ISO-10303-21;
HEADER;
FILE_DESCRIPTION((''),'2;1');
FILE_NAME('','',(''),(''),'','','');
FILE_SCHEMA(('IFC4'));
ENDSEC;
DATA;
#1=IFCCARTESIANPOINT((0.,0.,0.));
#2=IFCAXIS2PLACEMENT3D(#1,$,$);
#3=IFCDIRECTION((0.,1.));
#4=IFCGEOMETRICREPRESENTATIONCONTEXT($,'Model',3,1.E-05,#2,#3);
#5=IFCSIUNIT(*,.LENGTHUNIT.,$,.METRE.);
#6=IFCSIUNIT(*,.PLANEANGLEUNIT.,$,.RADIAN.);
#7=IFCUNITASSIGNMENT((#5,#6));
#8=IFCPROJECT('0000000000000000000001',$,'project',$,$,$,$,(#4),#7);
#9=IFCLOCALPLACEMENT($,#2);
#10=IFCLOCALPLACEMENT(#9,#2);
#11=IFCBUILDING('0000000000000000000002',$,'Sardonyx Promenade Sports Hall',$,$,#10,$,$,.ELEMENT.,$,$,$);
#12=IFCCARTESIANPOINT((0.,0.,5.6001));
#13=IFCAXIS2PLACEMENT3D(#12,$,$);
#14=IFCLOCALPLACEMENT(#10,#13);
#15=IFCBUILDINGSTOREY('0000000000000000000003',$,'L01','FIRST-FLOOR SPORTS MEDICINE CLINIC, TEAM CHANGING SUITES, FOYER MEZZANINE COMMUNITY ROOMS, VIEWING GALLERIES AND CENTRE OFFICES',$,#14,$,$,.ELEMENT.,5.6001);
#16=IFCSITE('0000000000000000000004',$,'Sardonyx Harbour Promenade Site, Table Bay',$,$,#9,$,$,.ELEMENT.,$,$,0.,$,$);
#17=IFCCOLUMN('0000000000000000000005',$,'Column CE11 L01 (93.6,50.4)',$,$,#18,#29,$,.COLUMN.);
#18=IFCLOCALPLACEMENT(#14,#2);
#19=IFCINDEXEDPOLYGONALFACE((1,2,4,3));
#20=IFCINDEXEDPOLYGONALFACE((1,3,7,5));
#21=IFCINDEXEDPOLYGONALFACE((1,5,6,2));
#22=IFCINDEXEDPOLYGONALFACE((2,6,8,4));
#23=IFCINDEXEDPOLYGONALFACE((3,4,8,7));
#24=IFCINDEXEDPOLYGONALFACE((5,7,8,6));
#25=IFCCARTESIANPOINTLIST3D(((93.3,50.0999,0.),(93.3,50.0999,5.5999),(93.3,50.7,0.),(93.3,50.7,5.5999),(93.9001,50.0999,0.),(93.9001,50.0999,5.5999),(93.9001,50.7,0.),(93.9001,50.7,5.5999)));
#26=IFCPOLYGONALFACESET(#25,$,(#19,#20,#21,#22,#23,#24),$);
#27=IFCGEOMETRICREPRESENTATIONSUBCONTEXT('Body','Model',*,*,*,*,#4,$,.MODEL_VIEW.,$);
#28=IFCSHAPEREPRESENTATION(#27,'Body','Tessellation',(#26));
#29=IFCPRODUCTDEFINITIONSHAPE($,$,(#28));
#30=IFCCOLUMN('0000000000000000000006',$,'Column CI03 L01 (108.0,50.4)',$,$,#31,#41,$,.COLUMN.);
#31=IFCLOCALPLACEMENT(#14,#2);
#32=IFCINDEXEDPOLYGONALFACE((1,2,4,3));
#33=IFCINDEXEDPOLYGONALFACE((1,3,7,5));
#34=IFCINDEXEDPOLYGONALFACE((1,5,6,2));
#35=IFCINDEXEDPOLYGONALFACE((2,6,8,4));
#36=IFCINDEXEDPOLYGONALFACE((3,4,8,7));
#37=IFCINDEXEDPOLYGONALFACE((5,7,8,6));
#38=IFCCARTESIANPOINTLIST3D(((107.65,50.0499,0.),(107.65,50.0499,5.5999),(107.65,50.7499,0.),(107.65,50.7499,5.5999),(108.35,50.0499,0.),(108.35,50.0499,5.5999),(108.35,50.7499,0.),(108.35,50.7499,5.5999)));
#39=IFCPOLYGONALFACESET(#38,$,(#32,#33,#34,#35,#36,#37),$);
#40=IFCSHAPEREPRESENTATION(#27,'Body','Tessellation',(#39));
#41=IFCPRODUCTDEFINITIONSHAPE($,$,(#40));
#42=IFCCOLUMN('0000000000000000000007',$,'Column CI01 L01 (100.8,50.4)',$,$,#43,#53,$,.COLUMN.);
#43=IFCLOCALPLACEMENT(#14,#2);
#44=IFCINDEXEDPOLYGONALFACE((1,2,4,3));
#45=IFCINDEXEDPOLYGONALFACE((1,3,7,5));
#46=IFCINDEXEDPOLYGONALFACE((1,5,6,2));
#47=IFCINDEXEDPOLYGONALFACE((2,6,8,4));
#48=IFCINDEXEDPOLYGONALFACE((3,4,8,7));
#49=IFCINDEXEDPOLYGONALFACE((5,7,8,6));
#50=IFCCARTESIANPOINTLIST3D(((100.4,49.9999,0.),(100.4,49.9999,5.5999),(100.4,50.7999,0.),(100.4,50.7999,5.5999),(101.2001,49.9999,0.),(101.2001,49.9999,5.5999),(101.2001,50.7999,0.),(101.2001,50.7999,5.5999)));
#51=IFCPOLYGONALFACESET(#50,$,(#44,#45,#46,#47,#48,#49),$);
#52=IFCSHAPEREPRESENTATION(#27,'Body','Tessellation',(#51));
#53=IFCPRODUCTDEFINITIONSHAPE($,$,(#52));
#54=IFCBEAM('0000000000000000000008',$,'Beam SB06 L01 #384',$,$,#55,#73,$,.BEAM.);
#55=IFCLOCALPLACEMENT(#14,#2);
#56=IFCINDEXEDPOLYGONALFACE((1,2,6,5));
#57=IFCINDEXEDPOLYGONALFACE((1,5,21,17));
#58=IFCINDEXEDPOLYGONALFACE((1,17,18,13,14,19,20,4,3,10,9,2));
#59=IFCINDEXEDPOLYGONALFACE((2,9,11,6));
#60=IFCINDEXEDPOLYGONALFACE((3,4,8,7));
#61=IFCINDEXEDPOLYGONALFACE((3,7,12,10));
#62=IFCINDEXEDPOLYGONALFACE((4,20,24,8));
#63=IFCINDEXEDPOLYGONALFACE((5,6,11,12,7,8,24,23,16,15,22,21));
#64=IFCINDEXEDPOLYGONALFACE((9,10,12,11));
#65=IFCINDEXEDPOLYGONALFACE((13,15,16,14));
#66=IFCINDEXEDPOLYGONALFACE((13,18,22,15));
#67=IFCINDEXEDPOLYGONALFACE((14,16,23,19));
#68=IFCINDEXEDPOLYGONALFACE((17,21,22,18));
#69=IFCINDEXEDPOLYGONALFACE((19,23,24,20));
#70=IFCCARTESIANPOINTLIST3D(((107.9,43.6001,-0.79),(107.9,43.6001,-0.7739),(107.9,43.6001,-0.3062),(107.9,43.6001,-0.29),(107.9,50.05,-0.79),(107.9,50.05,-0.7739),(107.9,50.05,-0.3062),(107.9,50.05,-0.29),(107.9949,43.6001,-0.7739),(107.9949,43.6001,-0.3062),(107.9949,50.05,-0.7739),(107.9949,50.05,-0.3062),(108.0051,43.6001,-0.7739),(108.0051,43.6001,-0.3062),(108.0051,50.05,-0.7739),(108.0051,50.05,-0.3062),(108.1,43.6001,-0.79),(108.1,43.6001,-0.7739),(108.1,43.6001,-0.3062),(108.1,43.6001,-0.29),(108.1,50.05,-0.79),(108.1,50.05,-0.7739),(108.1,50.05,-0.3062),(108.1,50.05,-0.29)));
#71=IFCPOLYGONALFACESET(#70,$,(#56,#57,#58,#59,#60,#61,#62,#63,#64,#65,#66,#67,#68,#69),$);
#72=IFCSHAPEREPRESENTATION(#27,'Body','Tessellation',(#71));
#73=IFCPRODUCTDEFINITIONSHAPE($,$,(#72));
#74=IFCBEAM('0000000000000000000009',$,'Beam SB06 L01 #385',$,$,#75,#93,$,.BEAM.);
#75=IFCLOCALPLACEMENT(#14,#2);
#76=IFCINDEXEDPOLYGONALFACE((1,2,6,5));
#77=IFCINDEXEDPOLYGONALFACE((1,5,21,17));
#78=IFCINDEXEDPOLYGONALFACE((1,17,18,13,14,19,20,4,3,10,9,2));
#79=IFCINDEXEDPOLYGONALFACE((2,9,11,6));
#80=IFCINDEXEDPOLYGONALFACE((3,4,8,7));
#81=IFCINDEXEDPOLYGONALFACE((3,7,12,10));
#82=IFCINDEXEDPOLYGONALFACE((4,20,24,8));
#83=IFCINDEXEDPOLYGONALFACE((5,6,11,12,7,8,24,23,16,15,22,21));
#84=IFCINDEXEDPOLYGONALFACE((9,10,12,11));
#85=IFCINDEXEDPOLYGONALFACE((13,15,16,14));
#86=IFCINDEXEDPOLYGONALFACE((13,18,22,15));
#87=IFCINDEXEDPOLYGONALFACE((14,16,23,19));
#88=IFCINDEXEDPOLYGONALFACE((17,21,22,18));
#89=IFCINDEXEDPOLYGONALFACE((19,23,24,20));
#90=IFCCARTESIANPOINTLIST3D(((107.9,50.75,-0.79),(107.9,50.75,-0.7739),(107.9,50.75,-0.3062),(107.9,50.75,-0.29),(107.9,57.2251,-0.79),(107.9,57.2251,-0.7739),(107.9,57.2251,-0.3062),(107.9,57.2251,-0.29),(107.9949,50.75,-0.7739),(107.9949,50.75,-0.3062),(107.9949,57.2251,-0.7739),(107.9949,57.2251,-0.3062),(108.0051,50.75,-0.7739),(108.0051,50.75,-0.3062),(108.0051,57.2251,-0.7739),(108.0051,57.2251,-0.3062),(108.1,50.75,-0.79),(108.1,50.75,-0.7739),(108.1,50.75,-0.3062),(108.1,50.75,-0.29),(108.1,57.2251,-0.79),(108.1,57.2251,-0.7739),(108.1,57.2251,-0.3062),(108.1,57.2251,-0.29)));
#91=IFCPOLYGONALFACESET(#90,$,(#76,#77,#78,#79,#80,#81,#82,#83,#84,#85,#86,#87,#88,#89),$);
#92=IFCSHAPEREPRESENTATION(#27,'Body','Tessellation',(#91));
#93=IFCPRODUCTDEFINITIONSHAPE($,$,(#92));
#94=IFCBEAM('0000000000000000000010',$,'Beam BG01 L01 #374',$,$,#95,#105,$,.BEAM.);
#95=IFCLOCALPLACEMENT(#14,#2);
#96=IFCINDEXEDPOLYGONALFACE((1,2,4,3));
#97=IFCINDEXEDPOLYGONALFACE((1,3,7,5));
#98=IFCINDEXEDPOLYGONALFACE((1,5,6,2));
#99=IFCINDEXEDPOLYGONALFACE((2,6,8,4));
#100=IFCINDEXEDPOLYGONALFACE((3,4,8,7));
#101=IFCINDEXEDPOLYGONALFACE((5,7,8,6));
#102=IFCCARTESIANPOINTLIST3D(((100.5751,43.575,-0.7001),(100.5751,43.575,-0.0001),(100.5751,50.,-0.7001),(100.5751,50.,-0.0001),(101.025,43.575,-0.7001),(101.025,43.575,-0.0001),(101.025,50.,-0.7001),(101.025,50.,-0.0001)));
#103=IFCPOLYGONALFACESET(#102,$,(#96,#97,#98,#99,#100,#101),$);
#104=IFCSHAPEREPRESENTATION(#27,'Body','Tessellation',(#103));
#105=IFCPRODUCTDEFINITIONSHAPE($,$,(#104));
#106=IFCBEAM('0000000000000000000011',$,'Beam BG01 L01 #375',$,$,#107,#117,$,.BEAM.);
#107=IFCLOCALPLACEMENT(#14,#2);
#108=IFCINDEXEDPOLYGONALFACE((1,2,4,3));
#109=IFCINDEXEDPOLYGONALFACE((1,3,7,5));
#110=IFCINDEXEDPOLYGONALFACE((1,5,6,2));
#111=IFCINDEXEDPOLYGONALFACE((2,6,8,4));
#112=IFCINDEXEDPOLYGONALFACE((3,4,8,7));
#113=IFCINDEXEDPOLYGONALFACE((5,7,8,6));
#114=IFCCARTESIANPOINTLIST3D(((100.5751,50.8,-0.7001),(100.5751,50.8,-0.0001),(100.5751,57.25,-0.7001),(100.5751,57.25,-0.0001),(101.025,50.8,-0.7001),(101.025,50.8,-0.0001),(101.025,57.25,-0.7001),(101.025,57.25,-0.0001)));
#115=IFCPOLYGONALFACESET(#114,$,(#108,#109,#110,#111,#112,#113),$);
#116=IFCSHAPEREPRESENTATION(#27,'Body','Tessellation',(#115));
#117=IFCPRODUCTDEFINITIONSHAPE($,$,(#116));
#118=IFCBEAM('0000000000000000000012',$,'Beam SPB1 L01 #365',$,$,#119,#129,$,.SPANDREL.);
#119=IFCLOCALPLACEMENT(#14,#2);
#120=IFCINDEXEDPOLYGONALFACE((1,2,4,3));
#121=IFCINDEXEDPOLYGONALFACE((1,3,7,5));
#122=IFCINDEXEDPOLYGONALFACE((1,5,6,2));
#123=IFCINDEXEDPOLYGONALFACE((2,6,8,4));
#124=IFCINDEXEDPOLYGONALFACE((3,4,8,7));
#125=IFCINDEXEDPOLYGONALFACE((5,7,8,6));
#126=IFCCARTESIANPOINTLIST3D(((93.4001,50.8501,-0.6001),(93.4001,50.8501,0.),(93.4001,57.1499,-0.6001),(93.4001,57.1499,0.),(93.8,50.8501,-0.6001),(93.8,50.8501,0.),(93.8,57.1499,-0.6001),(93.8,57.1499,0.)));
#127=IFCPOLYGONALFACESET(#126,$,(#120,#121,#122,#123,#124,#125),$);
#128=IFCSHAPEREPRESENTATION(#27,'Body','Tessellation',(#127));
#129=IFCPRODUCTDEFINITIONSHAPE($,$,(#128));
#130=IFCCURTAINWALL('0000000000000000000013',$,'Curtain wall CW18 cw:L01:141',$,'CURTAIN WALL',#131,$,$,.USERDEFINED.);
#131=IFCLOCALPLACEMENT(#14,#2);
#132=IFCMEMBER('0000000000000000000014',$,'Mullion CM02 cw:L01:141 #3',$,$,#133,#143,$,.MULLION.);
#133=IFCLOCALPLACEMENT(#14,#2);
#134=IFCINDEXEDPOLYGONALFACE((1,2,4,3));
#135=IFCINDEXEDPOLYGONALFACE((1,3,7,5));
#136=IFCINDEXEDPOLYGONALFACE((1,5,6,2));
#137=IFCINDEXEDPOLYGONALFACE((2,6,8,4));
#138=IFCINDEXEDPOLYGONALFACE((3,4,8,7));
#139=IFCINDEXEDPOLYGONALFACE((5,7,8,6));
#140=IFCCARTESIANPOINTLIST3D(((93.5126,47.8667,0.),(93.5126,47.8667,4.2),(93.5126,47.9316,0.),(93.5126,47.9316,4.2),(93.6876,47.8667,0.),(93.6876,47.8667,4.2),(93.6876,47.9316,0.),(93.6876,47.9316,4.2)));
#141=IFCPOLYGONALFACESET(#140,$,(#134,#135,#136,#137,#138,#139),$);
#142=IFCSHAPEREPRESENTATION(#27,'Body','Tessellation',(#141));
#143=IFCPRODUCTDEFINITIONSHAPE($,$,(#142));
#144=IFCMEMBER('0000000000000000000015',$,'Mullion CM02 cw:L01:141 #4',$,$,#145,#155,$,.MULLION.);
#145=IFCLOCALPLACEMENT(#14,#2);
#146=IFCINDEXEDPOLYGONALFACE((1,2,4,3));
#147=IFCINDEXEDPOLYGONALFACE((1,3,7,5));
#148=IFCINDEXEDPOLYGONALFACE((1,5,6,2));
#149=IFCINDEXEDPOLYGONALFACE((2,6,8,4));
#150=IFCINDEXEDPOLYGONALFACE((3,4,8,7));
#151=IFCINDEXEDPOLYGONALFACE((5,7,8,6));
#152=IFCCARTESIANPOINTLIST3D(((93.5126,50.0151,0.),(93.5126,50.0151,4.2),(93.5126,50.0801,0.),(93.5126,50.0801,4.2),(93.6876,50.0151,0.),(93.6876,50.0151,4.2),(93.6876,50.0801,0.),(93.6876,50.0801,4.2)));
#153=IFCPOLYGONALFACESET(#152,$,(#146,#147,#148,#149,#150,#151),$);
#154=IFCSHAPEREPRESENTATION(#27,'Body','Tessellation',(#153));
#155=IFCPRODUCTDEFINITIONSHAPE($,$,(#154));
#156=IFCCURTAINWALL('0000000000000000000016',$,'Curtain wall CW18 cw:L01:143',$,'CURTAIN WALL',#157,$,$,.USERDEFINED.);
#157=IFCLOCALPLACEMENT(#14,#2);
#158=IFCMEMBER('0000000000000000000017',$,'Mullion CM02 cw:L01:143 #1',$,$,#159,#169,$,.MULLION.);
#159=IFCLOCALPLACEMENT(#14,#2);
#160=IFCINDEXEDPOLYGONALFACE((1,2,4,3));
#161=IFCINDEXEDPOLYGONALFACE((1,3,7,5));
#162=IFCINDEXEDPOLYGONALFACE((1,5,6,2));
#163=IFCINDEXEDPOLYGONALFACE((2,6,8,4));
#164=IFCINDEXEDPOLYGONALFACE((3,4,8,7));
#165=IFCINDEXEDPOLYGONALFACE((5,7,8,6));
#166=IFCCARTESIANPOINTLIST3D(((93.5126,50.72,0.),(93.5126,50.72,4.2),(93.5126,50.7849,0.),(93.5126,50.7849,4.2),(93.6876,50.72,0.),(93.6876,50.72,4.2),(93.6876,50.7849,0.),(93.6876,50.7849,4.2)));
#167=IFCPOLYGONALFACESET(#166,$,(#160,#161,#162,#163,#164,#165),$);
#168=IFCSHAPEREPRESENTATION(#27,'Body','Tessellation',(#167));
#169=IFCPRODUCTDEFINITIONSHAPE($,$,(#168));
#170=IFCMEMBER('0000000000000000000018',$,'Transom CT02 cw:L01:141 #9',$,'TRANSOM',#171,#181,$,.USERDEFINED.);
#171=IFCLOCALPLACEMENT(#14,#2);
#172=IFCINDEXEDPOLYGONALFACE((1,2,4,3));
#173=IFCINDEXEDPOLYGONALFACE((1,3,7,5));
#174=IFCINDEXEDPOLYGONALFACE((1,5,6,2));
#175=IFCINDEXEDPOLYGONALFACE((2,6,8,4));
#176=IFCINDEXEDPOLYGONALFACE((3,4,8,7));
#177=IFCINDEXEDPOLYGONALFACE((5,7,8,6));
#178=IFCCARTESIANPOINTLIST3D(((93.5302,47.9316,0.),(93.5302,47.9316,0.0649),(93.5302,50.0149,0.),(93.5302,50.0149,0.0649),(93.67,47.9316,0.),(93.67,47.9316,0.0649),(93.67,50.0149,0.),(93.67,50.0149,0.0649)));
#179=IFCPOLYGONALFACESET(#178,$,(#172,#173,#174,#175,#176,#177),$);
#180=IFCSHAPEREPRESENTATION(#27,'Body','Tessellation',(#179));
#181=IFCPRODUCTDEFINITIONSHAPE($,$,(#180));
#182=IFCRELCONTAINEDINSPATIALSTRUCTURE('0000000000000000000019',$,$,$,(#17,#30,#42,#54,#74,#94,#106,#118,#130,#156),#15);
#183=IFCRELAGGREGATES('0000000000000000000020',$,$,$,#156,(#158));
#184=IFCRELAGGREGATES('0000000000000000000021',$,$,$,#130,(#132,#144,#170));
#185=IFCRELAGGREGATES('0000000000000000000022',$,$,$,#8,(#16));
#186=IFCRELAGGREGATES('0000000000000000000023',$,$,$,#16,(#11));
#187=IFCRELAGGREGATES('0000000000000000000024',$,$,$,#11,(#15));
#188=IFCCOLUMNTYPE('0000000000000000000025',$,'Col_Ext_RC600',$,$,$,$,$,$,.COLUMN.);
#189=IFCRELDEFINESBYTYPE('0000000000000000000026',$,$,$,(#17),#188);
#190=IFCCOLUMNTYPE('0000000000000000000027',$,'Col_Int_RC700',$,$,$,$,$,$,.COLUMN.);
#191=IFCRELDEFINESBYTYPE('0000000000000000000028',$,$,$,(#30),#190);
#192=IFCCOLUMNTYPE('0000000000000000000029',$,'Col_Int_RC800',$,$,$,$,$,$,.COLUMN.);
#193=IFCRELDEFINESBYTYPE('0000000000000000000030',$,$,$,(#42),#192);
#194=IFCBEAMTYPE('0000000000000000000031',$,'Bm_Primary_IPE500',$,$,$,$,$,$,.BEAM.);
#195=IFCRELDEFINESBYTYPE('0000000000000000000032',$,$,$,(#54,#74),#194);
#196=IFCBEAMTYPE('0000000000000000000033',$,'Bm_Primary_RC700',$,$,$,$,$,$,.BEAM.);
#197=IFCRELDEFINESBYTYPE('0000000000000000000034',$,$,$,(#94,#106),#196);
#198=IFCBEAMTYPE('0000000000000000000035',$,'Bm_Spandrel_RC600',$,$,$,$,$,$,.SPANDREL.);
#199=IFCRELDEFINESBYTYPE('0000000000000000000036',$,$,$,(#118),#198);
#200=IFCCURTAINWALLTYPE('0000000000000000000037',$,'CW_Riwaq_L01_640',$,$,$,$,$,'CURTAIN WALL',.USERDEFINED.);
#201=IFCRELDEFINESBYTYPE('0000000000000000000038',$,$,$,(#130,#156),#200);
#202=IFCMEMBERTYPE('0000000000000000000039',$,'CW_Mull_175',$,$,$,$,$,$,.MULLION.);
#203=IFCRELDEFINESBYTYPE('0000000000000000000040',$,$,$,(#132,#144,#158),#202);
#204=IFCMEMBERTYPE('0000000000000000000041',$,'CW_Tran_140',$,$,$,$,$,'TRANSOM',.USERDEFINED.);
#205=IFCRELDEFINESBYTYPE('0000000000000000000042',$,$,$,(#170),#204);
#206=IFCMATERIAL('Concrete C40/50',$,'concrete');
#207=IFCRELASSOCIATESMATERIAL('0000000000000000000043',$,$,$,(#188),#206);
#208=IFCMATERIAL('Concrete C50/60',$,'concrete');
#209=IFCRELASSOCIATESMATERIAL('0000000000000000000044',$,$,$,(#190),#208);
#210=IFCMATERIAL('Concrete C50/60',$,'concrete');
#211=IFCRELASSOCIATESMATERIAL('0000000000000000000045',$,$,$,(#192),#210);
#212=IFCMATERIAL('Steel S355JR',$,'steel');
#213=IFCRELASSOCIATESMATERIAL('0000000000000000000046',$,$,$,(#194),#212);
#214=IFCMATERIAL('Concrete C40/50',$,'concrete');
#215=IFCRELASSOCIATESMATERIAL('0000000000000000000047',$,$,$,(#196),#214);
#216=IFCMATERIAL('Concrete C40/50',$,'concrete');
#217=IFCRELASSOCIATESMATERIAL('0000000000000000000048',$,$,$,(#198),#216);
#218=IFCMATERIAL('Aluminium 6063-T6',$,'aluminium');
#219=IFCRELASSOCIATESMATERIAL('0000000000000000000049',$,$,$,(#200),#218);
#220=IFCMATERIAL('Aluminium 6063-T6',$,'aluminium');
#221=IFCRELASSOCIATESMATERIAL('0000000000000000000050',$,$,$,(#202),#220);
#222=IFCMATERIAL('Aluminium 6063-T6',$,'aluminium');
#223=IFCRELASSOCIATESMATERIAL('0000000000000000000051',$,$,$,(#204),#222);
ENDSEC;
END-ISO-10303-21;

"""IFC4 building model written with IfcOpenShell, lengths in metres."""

from ifc_helpers import new_model, si_unit, direction, frame, origin, origin_2d, place, context, subcontext, project, spatial, rectangle, i_section, extrude, material, material_profile, profile_set, type_object, element, aggregate, save


model = new_model("IFC4")

# Units and contexts
model_context = context("Model", 3, precision=1e-05, world=origin(), true_north=direction((0.0, 1.0)))
body_context = subcontext(model_context, "Body", "Model", "MODEL_VIEW")
ifc_project = project(units=[si_unit("LENGTHUNIT", "METRE"), si_unit("PLANEANGLEUNIT", "RADIAN")], contexts=[model_context])

# Site, building, storey
site_placement = place(None, origin())
site = spatial("IfcSite", under=ifc_project, at=site_placement, Name="Sardonyx Harbour Promenade Site, Table Bay", CompositionType="ELEMENT", RefElevation=0.0)
building_placement = place(site_placement, origin())
building = spatial("IfcBuilding", under=site, at=building_placement, Name="Sardonyx Promenade Sports Hall", CompositionType="ELEMENT")
storey_placement = place(building_placement, frame((0.0, 0.0, 5.6001)))
storey = spatial("IfcBuildingStorey", under=building, at=storey_placement, Name="L01", Description="FIRST-FLOOR SPORTS MEDICINE CLINIC, TEAM CHANGING SUITES, FOYER MEZZANINE COMMUNITY ROOMS, VIEWING GALLERIES AND CENTRE OFFICES", CompositionType="ELEMENT", Elevation=5.6001)

# Columns
ifc_material_1 = material(Name="Concrete C40/50", Category="concrete")
ifc_material_profile_1 = material_profile(ifc_material_1, rectangle(XDim=0.6001, YDim=0.6001, at=origin_2d()))
ifc_profile_set_1 = profile_set([ifc_material_profile_1], Name="Concrete C40/50")
column_type_1 = type_object("IfcColumnType", Name="Col_Ext_RC600", PredefinedType="COLUMN", material=ifc_profile_set_1)
column_1_placement = place(storey_placement, frame((93.6001, 50.3999, 0.0), z_axis=(0.0, 0.0, 1.0), x_axis=(1.0, 0.0, 0.0)))
element("IfcColumn", 1, at=column_1_placement, inside=storey, type_object=column_type_1, Name="Column CE11 L01 (93.6,50.4)", PredefinedType="COLUMN", context=body_context, shape_type="SweptSolid", body=[
    extrude(rectangle(XDim=0.6001, YDim=0.6001, at=origin_2d()), origin(), (0.0, 0.0, 1.0), 5.5999),
])
ifc_material_2 = material(Name="Concrete C50/60", Category="concrete")
ifc_material_profile_2 = material_profile(ifc_material_2, rectangle(XDim=0.7, YDim=0.7, at=origin_2d()))
ifc_profile_set_2 = profile_set([ifc_material_profile_2], Name="Concrete C50/60")
column_type_2 = type_object("IfcColumnType", Name="Col_Int_RC700", PredefinedType="COLUMN", material=ifc_profile_set_2)
column_2_placement = place(storey_placement, frame((108.0, 50.3999, 0.0), z_axis=(0.0, 0.0, 1.0), x_axis=(1.0, 0.0, 0.0)))
element("IfcColumn", 2, at=column_2_placement, inside=storey, type_object=column_type_2, Name="Column CI03 L01 (108.0,50.4)", PredefinedType="COLUMN", context=body_context, shape_type="SweptSolid", body=[
    extrude(rectangle(XDim=0.7, YDim=0.7, at=origin_2d()), origin(), (0.0, 0.0, 1.0), 5.5999),
])
ifc_material_3 = material(Name="Concrete C50/60", Category="concrete")
ifc_material_profile_3 = material_profile(ifc_material_3, rectangle(XDim=0.8, YDim=0.8, at=origin_2d()))
ifc_profile_set_3 = profile_set([ifc_material_profile_3], Name="Concrete C50/60")
column_type_3 = type_object("IfcColumnType", Name="Col_Int_RC800", PredefinedType="COLUMN", material=ifc_profile_set_3)
column_3_placement = place(storey_placement, frame((100.8, 50.3999, 0.0), z_axis=(0.0, 0.0, 1.0), x_axis=(1.0, 0.0, 0.0)))
element("IfcColumn", 3, at=column_3_placement, inside=storey, type_object=column_type_3, Name="Column CI01 L01 (100.8,50.4)", PredefinedType="COLUMN", context=body_context, shape_type="SweptSolid", body=[
    extrude(rectangle(XDim=0.8, YDim=0.8, at=origin_2d()), origin(), (0.0, 0.0, 1.0), 5.5999),
])

# Beams
ifc_material_4 = material(Name="Steel S355JR", Category="steel")
ifc_material_profile_4 = material_profile(ifc_material_4, i_section(OverallWidth=0.2, OverallDepth=0.5, WebThickness=0.0103, FlangeThickness=0.0161, at=origin_2d()))
ifc_profile_set_4 = profile_set([ifc_material_profile_4], Name="Steel S355JR")
beam_type_1 = type_object("IfcBeamType", Name="Bm_Primary_IPE500", PredefinedType="BEAM", material=ifc_profile_set_4)
beam_1_placement = place(storey_placement, frame((108.0, 43.6001, -0.54), z_axis=(0.0, 1.0, 0.0), x_axis=(-1.0, 0.0, 0.0)))
element("IfcBeam", 4, at=beam_1_placement, inside=storey, type_object=beam_type_1, Name="Beam SB06 L01 #384", PredefinedType="BEAM", context=body_context, shape_type="SweptSolid", body=[
    extrude(i_section(OverallWidth=0.2, OverallDepth=0.5, WebThickness=0.0103, FlangeThickness=0.0161, at=origin_2d()), origin(), (0.0, 0.0, 1.0), 6.45),
])
beam_2_placement = place(storey_placement, frame((108.0, 50.75, -0.54), z_axis=(0.0, 1.0, 0.0), x_axis=(-1.0, 0.0, 0.0)))
element("IfcBeam", 5, at=beam_2_placement, inside=storey, type_object=beam_type_1, Name="Beam SB06 L01 #385", PredefinedType="BEAM", context=body_context, shape_type="SweptSolid", body=[
    extrude(i_section(OverallWidth=0.2, OverallDepth=0.5, WebThickness=0.0103, FlangeThickness=0.0161, at=origin_2d()), origin(), (0.0, 0.0, 1.0), 6.4751),
])
ifc_material_5 = material(Name="Concrete C40/50", Category="concrete")
ifc_material_profile_5 = material_profile(ifc_material_5, rectangle(XDim=0.45, YDim=0.7, at=origin_2d()))
ifc_profile_set_5 = profile_set([ifc_material_profile_5], Name="Concrete C40/50")
beam_type_2 = type_object("IfcBeamType", Name="Bm_Primary_RC700", PredefinedType="BEAM", material=ifc_profile_set_5)
beam_3_placement = place(storey_placement, frame((100.8, 43.575, -0.3501), z_axis=(0.0, 1.0, 0.0), x_axis=(-1.0, 0.0, 0.0)))
element("IfcBeam", 6, at=beam_3_placement, inside=storey, type_object=beam_type_2, Name="Beam BG01 L01 #374", PredefinedType="BEAM", context=body_context, shape_type="SweptSolid", body=[
    extrude(rectangle(XDim=0.45, YDim=0.7, at=origin_2d()), origin(), (0.0, 0.0, 1.0), 6.425),
])
beam_4_placement = place(storey_placement, frame((100.8, 50.8, -0.3501), z_axis=(0.0, 1.0, 0.0), x_axis=(-1.0, 0.0, 0.0)))
element("IfcBeam", 7, at=beam_4_placement, inside=storey, type_object=beam_type_2, Name="Beam BG01 L01 #375", PredefinedType="BEAM", context=body_context, shape_type="SweptSolid", body=[
    extrude(rectangle(XDim=0.45, YDim=0.7, at=origin_2d()), origin(), (0.0, 0.0, 1.0), 6.45),
])
ifc_material_6 = material(Name="Concrete C40/50", Category="concrete")
ifc_material_profile_6 = material_profile(ifc_material_6, rectangle(XDim=0.3999, YDim=0.6001, at=origin_2d()))
ifc_profile_set_6 = profile_set([ifc_material_profile_6], Name="Concrete C40/50")
beam_type_3 = type_object("IfcBeamType", Name="Bm_Spandrel_RC600", PredefinedType="SPANDREL", material=ifc_profile_set_6)
beam_5_placement = place(storey_placement, frame((93.6001, 50.8501, -0.3), z_axis=(0.0, 1.0, 0.0), x_axis=(-1.0, 0.0, 0.0)))
element("IfcBeam", 8, at=beam_5_placement, inside=storey, type_object=beam_type_3, Name="Beam SPB1 L01 #365", PredefinedType="SPANDREL", context=body_context, shape_type="SweptSolid", body=[
    extrude(rectangle(XDim=0.3999, YDim=0.6001, at=origin_2d()), origin(), (0.0, 0.0, 1.0), 6.2998),
])

# Curtain wall, members
ifc_material_7 = material(Name="Aluminium 6063-T6", Category="aluminium")
curtain_wall_type = type_object("IfcCurtainWallType", Name="CW_Riwaq_L01_640", ElementType="CURTAIN WALL", PredefinedType="USERDEFINED", material=ifc_material_7)
curtain_wall_1_placement = place(storey_placement, origin())
curtain_wall_1 = element("IfcCurtainWall", 9, at=curtain_wall_1_placement, inside=storey, type_object=curtain_wall_type, Name="Curtain wall CW18 cw:L01:141", ObjectType="CURTAIN WALL", PredefinedType="USERDEFINED")
ifc_material_8 = material(Name="Aluminium 6063-T6", Category="aluminium")
ifc_material_profile_7 = material_profile(ifc_material_8, rectangle(XDim=0.0649, YDim=0.175, at=origin_2d()))
ifc_profile_set_7 = profile_set([ifc_material_profile_7], Name="Aluminium 6063-T6")
member_type_1 = type_object("IfcMemberType", Name="CW_Mull_175", PredefinedType="MULLION", material=ifc_profile_set_7)
member_1_placement = place(storey_placement, frame((93.6001, 47.8992, 0.0), z_axis=(0.0, 0.0, 1.0), x_axis=(0.0, 1.0, 0.0)))
member_1 = element("IfcMember", 10, at=member_1_placement, type_object=member_type_1, Name="Mullion CM02 cw:L01:141 #3", PredefinedType="MULLION", context=body_context, shape_type="SweptSolid", body=[
    extrude(rectangle(XDim=0.0649, YDim=0.175, at=origin_2d()), origin(), (0.0, 0.0, 1.0), 4.2),
])
member_2_placement = place(storey_placement, frame((93.6001, 50.0476, 0.0), z_axis=(0.0, 0.0, 1.0), x_axis=(0.0, 1.0, 0.0)))
member_2 = element("IfcMember", 11, at=member_2_placement, type_object=member_type_1, Name="Mullion CM02 cw:L01:141 #4", PredefinedType="MULLION", context=body_context, shape_type="SweptSolid", body=[
    extrude(rectangle(XDim=0.0649, YDim=0.175, at=origin_2d()), origin(), (0.0, 0.0, 1.0), 4.2),
])

# Curtain wall, member
curtain_wall_2_placement = place(storey_placement, origin())
curtain_wall_2 = element("IfcCurtainWall", 12, at=curtain_wall_2_placement, inside=storey, type_object=curtain_wall_type, Name="Curtain wall CW18 cw:L01:143", ObjectType="CURTAIN WALL", PredefinedType="USERDEFINED")
member_3_placement = place(storey_placement, frame((93.6001, 50.7524, 0.0), z_axis=(0.0, 0.0, 1.0), x_axis=(0.0, 1.0, 0.0)))
member_3 = element("IfcMember", 13, at=member_3_placement, type_object=member_type_1, Name="Mullion CM02 cw:L01:143 #1", PredefinedType="MULLION", context=body_context, shape_type="SweptSolid", body=[
    extrude(rectangle(XDim=0.0649, YDim=0.175, at=origin_2d()), origin(), (0.0, 0.0, 1.0), 4.2),
])

# Member
ifc_material_9 = material(Name="Aluminium 6063-T6", Category="aluminium")
ifc_material_profile_8 = material_profile(ifc_material_9, rectangle(XDim=0.0649, YDim=0.1399, at=origin_2d()))
ifc_profile_set_8 = profile_set([ifc_material_profile_8], Name="Aluminium 6063-T6")
member_type_2 = type_object("IfcMemberType", Name="CW_Tran_140", ElementType="TRANSOM", PredefinedType="USERDEFINED", material=ifc_profile_set_8)
member_4_placement = place(storey_placement, frame((93.6001, 47.9316, 0.0325), z_axis=(0.0, 1.0, 0.0), x_axis=(0.0, 0.0, 1.0)))
member_4 = element("IfcMember", 14, at=member_4_placement, type_object=member_type_2, Name="Transom CT02 cw:L01:141 #9", ObjectType="TRANSOM", PredefinedType="USERDEFINED", context=body_context, shape_type="SweptSolid", body=[
    extrude(rectangle(XDim=0.0649, YDim=0.1399, at=origin_2d()), origin(), (0.0, 0.0, 1.0), 2.0833),
])
aggregate(curtain_wall_2, [member_3])

aggregate(curtain_wall_1, [member_1, member_2, member_4])

save(model, "model.ifc")
